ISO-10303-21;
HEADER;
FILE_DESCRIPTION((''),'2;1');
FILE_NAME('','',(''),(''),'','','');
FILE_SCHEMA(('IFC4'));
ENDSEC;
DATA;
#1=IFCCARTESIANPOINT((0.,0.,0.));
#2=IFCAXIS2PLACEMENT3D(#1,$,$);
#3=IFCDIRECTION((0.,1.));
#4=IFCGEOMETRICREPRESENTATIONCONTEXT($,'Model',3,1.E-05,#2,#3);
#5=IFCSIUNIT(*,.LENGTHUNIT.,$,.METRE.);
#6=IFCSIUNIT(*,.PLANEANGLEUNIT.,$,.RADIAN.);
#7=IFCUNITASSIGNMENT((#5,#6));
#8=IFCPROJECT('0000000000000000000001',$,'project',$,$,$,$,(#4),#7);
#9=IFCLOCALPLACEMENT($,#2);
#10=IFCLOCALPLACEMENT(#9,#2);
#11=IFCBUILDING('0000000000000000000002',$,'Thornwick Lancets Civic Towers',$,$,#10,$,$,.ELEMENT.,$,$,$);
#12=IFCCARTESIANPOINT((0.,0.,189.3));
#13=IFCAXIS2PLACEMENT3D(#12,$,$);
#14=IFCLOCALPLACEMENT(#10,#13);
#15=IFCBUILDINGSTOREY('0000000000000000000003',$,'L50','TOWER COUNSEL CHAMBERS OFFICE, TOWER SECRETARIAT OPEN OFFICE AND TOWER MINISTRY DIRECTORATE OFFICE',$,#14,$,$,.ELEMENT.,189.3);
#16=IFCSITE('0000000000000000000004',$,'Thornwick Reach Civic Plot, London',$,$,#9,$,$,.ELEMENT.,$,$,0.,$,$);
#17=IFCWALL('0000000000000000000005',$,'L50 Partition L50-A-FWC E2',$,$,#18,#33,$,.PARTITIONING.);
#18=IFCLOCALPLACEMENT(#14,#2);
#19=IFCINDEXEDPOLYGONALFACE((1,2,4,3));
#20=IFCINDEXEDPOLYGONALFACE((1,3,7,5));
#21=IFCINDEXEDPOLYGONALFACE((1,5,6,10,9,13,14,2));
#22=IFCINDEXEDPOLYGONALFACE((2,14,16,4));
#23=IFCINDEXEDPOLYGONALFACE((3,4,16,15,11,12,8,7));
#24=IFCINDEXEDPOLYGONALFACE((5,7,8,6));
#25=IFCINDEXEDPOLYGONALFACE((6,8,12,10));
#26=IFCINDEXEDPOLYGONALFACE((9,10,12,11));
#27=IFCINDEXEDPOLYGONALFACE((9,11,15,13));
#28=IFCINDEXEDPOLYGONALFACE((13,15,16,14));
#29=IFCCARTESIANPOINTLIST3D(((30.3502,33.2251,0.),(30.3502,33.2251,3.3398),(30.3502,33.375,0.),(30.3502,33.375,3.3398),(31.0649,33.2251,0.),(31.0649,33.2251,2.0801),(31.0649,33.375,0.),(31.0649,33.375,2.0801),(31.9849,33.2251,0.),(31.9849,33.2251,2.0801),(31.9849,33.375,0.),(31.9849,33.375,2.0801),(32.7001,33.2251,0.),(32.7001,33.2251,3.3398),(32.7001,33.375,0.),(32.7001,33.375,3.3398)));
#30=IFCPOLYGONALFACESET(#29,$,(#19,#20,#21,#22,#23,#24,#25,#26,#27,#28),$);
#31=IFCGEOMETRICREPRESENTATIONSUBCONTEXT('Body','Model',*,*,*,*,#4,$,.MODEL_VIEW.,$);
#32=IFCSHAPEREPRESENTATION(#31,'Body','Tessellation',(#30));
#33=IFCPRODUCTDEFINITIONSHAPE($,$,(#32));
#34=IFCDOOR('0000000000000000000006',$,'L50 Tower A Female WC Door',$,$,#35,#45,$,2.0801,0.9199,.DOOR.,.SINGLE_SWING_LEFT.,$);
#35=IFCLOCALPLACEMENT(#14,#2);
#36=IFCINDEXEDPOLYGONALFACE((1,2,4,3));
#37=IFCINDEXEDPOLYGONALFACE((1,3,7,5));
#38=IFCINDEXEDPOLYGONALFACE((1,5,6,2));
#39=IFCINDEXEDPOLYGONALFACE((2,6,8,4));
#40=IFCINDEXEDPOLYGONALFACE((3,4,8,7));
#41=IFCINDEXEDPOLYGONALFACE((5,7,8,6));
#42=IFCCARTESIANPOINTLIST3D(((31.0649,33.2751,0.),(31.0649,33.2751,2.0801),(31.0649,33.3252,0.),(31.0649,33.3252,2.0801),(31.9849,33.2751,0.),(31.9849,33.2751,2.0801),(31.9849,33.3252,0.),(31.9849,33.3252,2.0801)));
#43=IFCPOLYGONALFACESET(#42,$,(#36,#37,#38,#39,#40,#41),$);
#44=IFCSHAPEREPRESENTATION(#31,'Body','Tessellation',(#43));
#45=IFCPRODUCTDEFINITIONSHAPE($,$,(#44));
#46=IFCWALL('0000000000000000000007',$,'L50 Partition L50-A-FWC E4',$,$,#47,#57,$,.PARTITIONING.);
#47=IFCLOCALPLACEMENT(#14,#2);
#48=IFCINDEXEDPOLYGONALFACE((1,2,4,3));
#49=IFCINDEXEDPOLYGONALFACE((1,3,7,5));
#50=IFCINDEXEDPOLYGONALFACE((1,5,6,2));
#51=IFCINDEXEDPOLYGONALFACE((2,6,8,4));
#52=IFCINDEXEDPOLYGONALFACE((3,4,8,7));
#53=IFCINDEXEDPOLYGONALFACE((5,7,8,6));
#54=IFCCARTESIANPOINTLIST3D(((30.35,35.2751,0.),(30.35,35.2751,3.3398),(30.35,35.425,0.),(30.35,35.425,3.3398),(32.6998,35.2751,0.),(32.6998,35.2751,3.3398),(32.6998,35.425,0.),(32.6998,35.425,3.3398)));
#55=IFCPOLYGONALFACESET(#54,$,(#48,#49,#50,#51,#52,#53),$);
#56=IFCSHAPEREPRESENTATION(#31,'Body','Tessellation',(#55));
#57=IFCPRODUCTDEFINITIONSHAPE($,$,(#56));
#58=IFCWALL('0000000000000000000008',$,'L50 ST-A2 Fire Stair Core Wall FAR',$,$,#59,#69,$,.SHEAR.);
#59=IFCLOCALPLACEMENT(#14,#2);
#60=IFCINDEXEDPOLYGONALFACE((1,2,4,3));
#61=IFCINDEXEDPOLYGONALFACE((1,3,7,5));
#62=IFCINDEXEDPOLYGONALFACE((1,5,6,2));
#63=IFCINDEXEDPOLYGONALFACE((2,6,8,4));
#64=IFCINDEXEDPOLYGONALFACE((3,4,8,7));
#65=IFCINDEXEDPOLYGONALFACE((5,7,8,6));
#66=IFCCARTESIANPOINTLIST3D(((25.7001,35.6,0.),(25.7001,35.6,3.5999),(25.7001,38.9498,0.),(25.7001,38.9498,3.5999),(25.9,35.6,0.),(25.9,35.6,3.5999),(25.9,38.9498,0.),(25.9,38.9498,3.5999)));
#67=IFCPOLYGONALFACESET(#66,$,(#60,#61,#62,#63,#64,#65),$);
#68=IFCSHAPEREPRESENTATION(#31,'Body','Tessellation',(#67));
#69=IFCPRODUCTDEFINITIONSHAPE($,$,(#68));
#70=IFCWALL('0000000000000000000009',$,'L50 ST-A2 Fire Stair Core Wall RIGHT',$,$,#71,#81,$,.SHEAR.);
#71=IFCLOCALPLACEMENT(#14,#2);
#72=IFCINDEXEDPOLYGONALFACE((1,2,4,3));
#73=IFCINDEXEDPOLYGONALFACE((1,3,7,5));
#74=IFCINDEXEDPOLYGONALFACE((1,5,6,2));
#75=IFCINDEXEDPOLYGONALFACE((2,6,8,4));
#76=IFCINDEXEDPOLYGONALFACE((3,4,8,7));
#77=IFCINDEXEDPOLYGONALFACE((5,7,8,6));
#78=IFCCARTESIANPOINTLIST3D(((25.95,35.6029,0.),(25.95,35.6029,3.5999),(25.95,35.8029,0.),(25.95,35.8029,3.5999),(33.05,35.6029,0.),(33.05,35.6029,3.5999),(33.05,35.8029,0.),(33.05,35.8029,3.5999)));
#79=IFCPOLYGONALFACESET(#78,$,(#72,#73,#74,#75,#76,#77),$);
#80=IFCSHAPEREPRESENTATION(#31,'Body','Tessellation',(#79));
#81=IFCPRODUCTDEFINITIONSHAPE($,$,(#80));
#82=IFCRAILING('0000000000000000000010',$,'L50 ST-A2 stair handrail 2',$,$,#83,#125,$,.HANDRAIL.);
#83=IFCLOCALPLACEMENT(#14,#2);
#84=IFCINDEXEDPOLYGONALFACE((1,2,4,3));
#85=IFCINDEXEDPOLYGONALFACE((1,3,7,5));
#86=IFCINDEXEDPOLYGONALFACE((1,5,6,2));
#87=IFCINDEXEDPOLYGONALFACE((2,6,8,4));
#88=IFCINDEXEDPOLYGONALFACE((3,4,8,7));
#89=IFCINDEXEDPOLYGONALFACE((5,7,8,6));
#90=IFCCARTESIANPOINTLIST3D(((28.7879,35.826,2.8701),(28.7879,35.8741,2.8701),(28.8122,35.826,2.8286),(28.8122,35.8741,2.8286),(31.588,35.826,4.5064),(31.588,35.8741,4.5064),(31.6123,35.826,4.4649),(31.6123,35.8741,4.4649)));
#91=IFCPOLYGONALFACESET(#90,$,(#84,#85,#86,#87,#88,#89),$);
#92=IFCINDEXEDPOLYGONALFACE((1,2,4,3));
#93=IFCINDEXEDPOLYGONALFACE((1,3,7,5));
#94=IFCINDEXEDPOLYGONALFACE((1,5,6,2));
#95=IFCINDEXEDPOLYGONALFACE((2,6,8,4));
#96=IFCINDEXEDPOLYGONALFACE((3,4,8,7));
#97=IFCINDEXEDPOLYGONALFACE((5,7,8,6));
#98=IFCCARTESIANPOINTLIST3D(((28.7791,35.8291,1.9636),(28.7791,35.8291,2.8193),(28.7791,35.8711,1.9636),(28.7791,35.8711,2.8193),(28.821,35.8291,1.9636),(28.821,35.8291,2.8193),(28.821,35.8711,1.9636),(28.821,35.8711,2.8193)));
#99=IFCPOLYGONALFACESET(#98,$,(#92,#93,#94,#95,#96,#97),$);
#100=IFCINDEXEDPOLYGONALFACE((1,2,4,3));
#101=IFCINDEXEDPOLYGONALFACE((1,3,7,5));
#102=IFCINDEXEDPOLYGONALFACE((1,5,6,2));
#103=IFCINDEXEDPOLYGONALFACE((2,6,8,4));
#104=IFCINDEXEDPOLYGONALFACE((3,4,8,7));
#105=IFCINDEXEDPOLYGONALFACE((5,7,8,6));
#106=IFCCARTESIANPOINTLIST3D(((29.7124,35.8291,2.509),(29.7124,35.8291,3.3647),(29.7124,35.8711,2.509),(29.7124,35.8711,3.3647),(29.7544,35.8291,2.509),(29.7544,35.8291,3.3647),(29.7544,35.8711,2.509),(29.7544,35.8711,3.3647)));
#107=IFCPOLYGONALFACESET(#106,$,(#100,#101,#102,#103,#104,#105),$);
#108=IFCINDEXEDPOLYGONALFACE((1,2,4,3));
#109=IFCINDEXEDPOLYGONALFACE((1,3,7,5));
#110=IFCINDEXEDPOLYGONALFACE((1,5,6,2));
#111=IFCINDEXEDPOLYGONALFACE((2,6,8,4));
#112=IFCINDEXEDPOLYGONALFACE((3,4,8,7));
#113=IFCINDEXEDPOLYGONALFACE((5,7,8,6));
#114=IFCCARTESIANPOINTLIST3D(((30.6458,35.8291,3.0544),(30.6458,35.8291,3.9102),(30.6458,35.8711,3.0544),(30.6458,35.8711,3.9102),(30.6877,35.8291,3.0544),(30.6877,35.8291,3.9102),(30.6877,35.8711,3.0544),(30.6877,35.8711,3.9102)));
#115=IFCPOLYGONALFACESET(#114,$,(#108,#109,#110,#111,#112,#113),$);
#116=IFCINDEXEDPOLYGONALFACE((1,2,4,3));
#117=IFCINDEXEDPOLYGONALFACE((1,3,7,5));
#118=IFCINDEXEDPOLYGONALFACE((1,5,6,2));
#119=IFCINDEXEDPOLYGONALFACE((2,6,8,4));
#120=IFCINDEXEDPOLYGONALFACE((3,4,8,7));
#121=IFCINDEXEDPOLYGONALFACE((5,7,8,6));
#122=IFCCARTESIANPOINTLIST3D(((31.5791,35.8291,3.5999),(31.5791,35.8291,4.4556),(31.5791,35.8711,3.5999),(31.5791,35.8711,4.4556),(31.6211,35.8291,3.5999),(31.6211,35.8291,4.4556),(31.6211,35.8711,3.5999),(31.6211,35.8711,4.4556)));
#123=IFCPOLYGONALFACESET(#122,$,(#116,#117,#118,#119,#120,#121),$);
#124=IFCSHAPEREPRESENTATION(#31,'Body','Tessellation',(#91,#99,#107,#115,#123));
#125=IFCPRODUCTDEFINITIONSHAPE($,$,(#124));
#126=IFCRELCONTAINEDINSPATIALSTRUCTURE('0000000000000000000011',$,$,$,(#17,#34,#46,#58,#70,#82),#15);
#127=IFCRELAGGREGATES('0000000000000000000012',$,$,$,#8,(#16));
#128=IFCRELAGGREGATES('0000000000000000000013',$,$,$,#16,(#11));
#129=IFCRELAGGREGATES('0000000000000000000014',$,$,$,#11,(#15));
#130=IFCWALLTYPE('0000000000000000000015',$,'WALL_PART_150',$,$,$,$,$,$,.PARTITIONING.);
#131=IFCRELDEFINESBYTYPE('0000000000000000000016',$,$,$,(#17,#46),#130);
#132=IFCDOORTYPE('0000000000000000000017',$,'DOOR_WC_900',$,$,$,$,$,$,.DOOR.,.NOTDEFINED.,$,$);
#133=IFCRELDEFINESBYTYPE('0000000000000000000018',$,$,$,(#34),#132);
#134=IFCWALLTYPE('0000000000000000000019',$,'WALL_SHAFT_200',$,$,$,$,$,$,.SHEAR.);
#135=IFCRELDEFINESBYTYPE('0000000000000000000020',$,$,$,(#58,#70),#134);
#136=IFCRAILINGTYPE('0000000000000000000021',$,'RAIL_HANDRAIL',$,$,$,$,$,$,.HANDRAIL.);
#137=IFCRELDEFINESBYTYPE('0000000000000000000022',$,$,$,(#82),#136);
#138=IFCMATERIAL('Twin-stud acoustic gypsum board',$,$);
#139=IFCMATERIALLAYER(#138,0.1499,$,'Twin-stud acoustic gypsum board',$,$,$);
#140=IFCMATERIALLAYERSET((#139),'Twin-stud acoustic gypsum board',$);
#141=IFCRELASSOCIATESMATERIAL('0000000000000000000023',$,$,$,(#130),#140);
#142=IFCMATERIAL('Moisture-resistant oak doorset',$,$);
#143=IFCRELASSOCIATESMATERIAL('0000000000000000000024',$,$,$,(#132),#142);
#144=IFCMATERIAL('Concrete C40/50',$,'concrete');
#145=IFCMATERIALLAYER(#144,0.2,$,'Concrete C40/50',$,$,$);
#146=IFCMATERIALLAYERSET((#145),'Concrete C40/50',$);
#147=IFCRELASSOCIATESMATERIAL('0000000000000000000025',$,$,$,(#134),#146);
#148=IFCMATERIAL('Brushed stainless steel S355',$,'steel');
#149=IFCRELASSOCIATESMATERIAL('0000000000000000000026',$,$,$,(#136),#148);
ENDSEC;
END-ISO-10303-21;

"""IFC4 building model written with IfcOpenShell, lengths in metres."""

from ifc_helpers import new_model, si_unit, direction, frame, frame_2d, origin, origin_2d, place, context, subcontext, project, spatial, rectangle, extrude, material, layer, layer_set, type_object, element, fill, save


model = new_model("IFC4")

# Units and contexts
model_context = context("Model", 3, precision=1e-05, world=origin(), true_north=direction((0.0, 1.0)))
body_context = subcontext(model_context, "Body", "Model", "MODEL_VIEW")
ifc_project = project(units=[si_unit("LENGTHUNIT", "METRE"), si_unit("PLANEANGLEUNIT", "RADIAN")], contexts=[model_context])

# Site, building, storey
site_placement = place(None, origin())
site = spatial("IfcSite", under=ifc_project, at=site_placement, Name="Thornwick Reach Civic Plot, London", CompositionType="ELEMENT", RefElevation=0.0)
building_placement = place(site_placement, origin())
building = spatial("IfcBuilding", under=site, at=building_placement, Name="Thornwick Lancets Civic Towers", CompositionType="ELEMENT")
storey_placement = place(building_placement, frame((0.0, 0.0, 189.3)))
storey = spatial("IfcBuildingStorey", under=building, at=storey_placement, Name="L50", Description="TOWER COUNSEL CHAMBERS OFFICE, TOWER SECRETARIAT OPEN OFFICE AND TOWER MINISTRY DIRECTORATE OFFICE", CompositionType="ELEMENT", Elevation=189.3)

# Shared definitions
ifc_material_1 = material(Name="Twin-stud acoustic gypsum board")
ifc_layer_1 = layer(ifc_material_1, 0.1499, Name="Twin-stud acoustic gypsum board")
ifc_layer_set_1 = layer_set([ifc_layer_1], Name="Twin-stud acoustic gypsum board")
wall_type_1 = type_object("IfcWallType", Name="WALL_PART_150", PredefinedType="PARTITIONING", material=ifc_layer_set_1)

# Wall, opening, door
wall_1_placement = place(storey_placement, frame((32.7, 33.3, 0.0), z_axis=(0.0, 0.0, 1.0), x_axis=(-1.0, 0.0, 0.0)))
wall_1 = element("IfcWall", 1, at=wall_1_placement, inside=storey, type_object=wall_type_1, Name="L50 Partition L50-A-FWC E2", PredefinedType="PARTITIONING", context=body_context, shape_type="SweptSolid", body=[
    extrude(rectangle(XDim=2.3499, YDim=0.1499, at=frame_2d((1.1748, 0.0))), origin(), (0.0, 0.0, 1.0), 3.3398),
])
opening_1_placement = place(wall_1_placement, frame((0.7151, 0.0, 0.0)))
opening_1 = element("IfcOpeningElement", 2, at=opening_1_placement, cuts=wall_1, PredefinedType="OPENING", context=body_context, shape_type="SweptSolid", body=[
    extrude(rectangle(XDim=0.9199, YDim=2.0801, at=frame_2d((0.46, 1.04))), frame((0.0, 0.085, 0.0), z_axis=(0.0, -1.0, 0.0), x_axis=(1.0, 0.0, 0.0)), (0.0, 0.0, 1.0), 0.1699),
])
ifc_material_2 = material(Name="Moisture-resistant oak doorset")
door_type_1 = type_object("IfcDoorType", Name="DOOR_WC_900", OperationType="NOTDEFINED", PredefinedType="DOOR", material=ifc_material_2)
door_1_placement = place(opening_1_placement, origin())
door_1 = element("IfcDoor", 3, at=door_1_placement, inside=storey, type_object=door_type_1, Name="L50 Tower A Female WC Door", OperationType="SINGLE_SWING_LEFT", OverallHeight=2.0801, OverallWidth=0.9199, PredefinedType="DOOR", context=body_context, shape_type="SweptSolid", body=[
    extrude(rectangle(XDim=0.9199, YDim=2.0801, at=frame_2d((0.46, 1.04))), frame((0.0, 0.0249, 0.0), z_axis=(0.0, -1.0, 0.0), x_axis=(1.0, 0.0, 0.0)), (0.0, 0.0, 1.0), 0.05),
])
fill(opening_1, door_1)

# Walls
wall_2_placement = place(storey_placement, frame((30.3501, 35.3501, 0.0), z_axis=(0.0, 0.0, 1.0), x_axis=(1.0, 0.0, 0.0)))
element("IfcWall", 4, at=wall_2_placement, inside=storey, type_object=wall_type_1, Name="L50 Partition L50-A-FWC E4", PredefinedType="PARTITIONING", context=body_context, shape_type="SweptSolid", body=[
    extrude(rectangle(XDim=2.3499, YDim=0.1499, at=frame_2d((1.1748, 0.0))), origin(), (0.0, 0.0, 1.0), 3.3398),
])
ifc_material_3 = material(Name="Concrete C40/50", Category="concrete")
ifc_layer_2 = layer(ifc_material_3, 0.2, Name="Concrete C40/50")
ifc_layer_set_2 = layer_set([ifc_layer_2], Name="Concrete C40/50")
wall_type_2 = type_object("IfcWallType", Name="WALL_SHAFT_200", PredefinedType="SHEAR", material=ifc_layer_set_2)
wall_3_placement = place(storey_placement, frame((25.8, 35.6001, 0.0), z_axis=(0.0, 0.0, 1.0), x_axis=(0.0, 1.0, 0.0)))
element("IfcWall", 5, at=wall_3_placement, inside=storey, type_object=wall_type_2, Name="L50 ST-A2 Fire Stair Core Wall FAR", PredefinedType="SHEAR", context=body_context, shape_type="SweptSolid", body=[
    extrude(rectangle(XDim=3.3499, YDim=0.2, at=frame_2d((1.6748, 0.0))), origin(), (0.0, 0.0, 1.0), 3.5999),
])
wall_4_placement = place(storey_placement, frame((25.95, 35.7029, 0.0), z_axis=(0.0, 0.0, 1.0), x_axis=(1.0, 0.0, 0.0)))
element("IfcWall", 6, at=wall_4_placement, inside=storey, type_object=wall_type_2, Name="L50 ST-A2 Fire Stair Core Wall RIGHT", PredefinedType="SHEAR", context=body_context, shape_type="SweptSolid", body=[
    extrude(rectangle(XDim=7.1001, YDim=0.2, at=frame_2d((3.55, 0.0))), origin(), (0.0, 0.0, 1.0), 3.5999),
])

# Railing
ifc_material_4 = material(Name="Brushed stainless steel S355", Category="steel")
railing_type = type_object("IfcRailingType", Name="RAIL_HANDRAIL", PredefinedType="HANDRAIL", material=ifc_material_4)
railing_placement = place(storey_placement, frame((28.8, 35.8501, 1.9636)))
element("IfcRailing", 7, at=railing_placement, inside=storey, type_object=railing_type, Name="L50 ST-A2 stair handrail 2", PredefinedType="HANDRAIL", context=body_context, shape_type="SweptSolid", body=[
    extrude(rectangle(XDim=0.0481, YDim=0.0481, at=origin_2d()), frame((0.0, 0.0, 0.8857), z_axis=(0.863394, 0.0, 0.504531), x_axis=(0.0, 1.0, 0.0)), (0.0, 0.0, 1.0), 3.2432),
    extrude(rectangle(XDim=0.042, YDim=0.042, at=origin_2d()), origin(), (0.0, 0.0, 1.0), 0.8557),
    extrude(rectangle(XDim=0.042, YDim=0.042, at=origin_2d()), frame((0.9333, 0.0, 0.5454)), (0.0, 0.0, 1.0), 0.8557),
    extrude(rectangle(XDim=0.042, YDim=0.042, at=origin_2d()), frame((1.8667, 0.0, 1.0908)), (0.0, 0.0, 1.0), 0.8557),
    extrude(rectangle(XDim=0.042, YDim=0.042, at=origin_2d()), frame((2.8, 0.0, 1.6362)), (0.0, 0.0, 1.0), 0.8557),
])

save(model, "model.ifc")
